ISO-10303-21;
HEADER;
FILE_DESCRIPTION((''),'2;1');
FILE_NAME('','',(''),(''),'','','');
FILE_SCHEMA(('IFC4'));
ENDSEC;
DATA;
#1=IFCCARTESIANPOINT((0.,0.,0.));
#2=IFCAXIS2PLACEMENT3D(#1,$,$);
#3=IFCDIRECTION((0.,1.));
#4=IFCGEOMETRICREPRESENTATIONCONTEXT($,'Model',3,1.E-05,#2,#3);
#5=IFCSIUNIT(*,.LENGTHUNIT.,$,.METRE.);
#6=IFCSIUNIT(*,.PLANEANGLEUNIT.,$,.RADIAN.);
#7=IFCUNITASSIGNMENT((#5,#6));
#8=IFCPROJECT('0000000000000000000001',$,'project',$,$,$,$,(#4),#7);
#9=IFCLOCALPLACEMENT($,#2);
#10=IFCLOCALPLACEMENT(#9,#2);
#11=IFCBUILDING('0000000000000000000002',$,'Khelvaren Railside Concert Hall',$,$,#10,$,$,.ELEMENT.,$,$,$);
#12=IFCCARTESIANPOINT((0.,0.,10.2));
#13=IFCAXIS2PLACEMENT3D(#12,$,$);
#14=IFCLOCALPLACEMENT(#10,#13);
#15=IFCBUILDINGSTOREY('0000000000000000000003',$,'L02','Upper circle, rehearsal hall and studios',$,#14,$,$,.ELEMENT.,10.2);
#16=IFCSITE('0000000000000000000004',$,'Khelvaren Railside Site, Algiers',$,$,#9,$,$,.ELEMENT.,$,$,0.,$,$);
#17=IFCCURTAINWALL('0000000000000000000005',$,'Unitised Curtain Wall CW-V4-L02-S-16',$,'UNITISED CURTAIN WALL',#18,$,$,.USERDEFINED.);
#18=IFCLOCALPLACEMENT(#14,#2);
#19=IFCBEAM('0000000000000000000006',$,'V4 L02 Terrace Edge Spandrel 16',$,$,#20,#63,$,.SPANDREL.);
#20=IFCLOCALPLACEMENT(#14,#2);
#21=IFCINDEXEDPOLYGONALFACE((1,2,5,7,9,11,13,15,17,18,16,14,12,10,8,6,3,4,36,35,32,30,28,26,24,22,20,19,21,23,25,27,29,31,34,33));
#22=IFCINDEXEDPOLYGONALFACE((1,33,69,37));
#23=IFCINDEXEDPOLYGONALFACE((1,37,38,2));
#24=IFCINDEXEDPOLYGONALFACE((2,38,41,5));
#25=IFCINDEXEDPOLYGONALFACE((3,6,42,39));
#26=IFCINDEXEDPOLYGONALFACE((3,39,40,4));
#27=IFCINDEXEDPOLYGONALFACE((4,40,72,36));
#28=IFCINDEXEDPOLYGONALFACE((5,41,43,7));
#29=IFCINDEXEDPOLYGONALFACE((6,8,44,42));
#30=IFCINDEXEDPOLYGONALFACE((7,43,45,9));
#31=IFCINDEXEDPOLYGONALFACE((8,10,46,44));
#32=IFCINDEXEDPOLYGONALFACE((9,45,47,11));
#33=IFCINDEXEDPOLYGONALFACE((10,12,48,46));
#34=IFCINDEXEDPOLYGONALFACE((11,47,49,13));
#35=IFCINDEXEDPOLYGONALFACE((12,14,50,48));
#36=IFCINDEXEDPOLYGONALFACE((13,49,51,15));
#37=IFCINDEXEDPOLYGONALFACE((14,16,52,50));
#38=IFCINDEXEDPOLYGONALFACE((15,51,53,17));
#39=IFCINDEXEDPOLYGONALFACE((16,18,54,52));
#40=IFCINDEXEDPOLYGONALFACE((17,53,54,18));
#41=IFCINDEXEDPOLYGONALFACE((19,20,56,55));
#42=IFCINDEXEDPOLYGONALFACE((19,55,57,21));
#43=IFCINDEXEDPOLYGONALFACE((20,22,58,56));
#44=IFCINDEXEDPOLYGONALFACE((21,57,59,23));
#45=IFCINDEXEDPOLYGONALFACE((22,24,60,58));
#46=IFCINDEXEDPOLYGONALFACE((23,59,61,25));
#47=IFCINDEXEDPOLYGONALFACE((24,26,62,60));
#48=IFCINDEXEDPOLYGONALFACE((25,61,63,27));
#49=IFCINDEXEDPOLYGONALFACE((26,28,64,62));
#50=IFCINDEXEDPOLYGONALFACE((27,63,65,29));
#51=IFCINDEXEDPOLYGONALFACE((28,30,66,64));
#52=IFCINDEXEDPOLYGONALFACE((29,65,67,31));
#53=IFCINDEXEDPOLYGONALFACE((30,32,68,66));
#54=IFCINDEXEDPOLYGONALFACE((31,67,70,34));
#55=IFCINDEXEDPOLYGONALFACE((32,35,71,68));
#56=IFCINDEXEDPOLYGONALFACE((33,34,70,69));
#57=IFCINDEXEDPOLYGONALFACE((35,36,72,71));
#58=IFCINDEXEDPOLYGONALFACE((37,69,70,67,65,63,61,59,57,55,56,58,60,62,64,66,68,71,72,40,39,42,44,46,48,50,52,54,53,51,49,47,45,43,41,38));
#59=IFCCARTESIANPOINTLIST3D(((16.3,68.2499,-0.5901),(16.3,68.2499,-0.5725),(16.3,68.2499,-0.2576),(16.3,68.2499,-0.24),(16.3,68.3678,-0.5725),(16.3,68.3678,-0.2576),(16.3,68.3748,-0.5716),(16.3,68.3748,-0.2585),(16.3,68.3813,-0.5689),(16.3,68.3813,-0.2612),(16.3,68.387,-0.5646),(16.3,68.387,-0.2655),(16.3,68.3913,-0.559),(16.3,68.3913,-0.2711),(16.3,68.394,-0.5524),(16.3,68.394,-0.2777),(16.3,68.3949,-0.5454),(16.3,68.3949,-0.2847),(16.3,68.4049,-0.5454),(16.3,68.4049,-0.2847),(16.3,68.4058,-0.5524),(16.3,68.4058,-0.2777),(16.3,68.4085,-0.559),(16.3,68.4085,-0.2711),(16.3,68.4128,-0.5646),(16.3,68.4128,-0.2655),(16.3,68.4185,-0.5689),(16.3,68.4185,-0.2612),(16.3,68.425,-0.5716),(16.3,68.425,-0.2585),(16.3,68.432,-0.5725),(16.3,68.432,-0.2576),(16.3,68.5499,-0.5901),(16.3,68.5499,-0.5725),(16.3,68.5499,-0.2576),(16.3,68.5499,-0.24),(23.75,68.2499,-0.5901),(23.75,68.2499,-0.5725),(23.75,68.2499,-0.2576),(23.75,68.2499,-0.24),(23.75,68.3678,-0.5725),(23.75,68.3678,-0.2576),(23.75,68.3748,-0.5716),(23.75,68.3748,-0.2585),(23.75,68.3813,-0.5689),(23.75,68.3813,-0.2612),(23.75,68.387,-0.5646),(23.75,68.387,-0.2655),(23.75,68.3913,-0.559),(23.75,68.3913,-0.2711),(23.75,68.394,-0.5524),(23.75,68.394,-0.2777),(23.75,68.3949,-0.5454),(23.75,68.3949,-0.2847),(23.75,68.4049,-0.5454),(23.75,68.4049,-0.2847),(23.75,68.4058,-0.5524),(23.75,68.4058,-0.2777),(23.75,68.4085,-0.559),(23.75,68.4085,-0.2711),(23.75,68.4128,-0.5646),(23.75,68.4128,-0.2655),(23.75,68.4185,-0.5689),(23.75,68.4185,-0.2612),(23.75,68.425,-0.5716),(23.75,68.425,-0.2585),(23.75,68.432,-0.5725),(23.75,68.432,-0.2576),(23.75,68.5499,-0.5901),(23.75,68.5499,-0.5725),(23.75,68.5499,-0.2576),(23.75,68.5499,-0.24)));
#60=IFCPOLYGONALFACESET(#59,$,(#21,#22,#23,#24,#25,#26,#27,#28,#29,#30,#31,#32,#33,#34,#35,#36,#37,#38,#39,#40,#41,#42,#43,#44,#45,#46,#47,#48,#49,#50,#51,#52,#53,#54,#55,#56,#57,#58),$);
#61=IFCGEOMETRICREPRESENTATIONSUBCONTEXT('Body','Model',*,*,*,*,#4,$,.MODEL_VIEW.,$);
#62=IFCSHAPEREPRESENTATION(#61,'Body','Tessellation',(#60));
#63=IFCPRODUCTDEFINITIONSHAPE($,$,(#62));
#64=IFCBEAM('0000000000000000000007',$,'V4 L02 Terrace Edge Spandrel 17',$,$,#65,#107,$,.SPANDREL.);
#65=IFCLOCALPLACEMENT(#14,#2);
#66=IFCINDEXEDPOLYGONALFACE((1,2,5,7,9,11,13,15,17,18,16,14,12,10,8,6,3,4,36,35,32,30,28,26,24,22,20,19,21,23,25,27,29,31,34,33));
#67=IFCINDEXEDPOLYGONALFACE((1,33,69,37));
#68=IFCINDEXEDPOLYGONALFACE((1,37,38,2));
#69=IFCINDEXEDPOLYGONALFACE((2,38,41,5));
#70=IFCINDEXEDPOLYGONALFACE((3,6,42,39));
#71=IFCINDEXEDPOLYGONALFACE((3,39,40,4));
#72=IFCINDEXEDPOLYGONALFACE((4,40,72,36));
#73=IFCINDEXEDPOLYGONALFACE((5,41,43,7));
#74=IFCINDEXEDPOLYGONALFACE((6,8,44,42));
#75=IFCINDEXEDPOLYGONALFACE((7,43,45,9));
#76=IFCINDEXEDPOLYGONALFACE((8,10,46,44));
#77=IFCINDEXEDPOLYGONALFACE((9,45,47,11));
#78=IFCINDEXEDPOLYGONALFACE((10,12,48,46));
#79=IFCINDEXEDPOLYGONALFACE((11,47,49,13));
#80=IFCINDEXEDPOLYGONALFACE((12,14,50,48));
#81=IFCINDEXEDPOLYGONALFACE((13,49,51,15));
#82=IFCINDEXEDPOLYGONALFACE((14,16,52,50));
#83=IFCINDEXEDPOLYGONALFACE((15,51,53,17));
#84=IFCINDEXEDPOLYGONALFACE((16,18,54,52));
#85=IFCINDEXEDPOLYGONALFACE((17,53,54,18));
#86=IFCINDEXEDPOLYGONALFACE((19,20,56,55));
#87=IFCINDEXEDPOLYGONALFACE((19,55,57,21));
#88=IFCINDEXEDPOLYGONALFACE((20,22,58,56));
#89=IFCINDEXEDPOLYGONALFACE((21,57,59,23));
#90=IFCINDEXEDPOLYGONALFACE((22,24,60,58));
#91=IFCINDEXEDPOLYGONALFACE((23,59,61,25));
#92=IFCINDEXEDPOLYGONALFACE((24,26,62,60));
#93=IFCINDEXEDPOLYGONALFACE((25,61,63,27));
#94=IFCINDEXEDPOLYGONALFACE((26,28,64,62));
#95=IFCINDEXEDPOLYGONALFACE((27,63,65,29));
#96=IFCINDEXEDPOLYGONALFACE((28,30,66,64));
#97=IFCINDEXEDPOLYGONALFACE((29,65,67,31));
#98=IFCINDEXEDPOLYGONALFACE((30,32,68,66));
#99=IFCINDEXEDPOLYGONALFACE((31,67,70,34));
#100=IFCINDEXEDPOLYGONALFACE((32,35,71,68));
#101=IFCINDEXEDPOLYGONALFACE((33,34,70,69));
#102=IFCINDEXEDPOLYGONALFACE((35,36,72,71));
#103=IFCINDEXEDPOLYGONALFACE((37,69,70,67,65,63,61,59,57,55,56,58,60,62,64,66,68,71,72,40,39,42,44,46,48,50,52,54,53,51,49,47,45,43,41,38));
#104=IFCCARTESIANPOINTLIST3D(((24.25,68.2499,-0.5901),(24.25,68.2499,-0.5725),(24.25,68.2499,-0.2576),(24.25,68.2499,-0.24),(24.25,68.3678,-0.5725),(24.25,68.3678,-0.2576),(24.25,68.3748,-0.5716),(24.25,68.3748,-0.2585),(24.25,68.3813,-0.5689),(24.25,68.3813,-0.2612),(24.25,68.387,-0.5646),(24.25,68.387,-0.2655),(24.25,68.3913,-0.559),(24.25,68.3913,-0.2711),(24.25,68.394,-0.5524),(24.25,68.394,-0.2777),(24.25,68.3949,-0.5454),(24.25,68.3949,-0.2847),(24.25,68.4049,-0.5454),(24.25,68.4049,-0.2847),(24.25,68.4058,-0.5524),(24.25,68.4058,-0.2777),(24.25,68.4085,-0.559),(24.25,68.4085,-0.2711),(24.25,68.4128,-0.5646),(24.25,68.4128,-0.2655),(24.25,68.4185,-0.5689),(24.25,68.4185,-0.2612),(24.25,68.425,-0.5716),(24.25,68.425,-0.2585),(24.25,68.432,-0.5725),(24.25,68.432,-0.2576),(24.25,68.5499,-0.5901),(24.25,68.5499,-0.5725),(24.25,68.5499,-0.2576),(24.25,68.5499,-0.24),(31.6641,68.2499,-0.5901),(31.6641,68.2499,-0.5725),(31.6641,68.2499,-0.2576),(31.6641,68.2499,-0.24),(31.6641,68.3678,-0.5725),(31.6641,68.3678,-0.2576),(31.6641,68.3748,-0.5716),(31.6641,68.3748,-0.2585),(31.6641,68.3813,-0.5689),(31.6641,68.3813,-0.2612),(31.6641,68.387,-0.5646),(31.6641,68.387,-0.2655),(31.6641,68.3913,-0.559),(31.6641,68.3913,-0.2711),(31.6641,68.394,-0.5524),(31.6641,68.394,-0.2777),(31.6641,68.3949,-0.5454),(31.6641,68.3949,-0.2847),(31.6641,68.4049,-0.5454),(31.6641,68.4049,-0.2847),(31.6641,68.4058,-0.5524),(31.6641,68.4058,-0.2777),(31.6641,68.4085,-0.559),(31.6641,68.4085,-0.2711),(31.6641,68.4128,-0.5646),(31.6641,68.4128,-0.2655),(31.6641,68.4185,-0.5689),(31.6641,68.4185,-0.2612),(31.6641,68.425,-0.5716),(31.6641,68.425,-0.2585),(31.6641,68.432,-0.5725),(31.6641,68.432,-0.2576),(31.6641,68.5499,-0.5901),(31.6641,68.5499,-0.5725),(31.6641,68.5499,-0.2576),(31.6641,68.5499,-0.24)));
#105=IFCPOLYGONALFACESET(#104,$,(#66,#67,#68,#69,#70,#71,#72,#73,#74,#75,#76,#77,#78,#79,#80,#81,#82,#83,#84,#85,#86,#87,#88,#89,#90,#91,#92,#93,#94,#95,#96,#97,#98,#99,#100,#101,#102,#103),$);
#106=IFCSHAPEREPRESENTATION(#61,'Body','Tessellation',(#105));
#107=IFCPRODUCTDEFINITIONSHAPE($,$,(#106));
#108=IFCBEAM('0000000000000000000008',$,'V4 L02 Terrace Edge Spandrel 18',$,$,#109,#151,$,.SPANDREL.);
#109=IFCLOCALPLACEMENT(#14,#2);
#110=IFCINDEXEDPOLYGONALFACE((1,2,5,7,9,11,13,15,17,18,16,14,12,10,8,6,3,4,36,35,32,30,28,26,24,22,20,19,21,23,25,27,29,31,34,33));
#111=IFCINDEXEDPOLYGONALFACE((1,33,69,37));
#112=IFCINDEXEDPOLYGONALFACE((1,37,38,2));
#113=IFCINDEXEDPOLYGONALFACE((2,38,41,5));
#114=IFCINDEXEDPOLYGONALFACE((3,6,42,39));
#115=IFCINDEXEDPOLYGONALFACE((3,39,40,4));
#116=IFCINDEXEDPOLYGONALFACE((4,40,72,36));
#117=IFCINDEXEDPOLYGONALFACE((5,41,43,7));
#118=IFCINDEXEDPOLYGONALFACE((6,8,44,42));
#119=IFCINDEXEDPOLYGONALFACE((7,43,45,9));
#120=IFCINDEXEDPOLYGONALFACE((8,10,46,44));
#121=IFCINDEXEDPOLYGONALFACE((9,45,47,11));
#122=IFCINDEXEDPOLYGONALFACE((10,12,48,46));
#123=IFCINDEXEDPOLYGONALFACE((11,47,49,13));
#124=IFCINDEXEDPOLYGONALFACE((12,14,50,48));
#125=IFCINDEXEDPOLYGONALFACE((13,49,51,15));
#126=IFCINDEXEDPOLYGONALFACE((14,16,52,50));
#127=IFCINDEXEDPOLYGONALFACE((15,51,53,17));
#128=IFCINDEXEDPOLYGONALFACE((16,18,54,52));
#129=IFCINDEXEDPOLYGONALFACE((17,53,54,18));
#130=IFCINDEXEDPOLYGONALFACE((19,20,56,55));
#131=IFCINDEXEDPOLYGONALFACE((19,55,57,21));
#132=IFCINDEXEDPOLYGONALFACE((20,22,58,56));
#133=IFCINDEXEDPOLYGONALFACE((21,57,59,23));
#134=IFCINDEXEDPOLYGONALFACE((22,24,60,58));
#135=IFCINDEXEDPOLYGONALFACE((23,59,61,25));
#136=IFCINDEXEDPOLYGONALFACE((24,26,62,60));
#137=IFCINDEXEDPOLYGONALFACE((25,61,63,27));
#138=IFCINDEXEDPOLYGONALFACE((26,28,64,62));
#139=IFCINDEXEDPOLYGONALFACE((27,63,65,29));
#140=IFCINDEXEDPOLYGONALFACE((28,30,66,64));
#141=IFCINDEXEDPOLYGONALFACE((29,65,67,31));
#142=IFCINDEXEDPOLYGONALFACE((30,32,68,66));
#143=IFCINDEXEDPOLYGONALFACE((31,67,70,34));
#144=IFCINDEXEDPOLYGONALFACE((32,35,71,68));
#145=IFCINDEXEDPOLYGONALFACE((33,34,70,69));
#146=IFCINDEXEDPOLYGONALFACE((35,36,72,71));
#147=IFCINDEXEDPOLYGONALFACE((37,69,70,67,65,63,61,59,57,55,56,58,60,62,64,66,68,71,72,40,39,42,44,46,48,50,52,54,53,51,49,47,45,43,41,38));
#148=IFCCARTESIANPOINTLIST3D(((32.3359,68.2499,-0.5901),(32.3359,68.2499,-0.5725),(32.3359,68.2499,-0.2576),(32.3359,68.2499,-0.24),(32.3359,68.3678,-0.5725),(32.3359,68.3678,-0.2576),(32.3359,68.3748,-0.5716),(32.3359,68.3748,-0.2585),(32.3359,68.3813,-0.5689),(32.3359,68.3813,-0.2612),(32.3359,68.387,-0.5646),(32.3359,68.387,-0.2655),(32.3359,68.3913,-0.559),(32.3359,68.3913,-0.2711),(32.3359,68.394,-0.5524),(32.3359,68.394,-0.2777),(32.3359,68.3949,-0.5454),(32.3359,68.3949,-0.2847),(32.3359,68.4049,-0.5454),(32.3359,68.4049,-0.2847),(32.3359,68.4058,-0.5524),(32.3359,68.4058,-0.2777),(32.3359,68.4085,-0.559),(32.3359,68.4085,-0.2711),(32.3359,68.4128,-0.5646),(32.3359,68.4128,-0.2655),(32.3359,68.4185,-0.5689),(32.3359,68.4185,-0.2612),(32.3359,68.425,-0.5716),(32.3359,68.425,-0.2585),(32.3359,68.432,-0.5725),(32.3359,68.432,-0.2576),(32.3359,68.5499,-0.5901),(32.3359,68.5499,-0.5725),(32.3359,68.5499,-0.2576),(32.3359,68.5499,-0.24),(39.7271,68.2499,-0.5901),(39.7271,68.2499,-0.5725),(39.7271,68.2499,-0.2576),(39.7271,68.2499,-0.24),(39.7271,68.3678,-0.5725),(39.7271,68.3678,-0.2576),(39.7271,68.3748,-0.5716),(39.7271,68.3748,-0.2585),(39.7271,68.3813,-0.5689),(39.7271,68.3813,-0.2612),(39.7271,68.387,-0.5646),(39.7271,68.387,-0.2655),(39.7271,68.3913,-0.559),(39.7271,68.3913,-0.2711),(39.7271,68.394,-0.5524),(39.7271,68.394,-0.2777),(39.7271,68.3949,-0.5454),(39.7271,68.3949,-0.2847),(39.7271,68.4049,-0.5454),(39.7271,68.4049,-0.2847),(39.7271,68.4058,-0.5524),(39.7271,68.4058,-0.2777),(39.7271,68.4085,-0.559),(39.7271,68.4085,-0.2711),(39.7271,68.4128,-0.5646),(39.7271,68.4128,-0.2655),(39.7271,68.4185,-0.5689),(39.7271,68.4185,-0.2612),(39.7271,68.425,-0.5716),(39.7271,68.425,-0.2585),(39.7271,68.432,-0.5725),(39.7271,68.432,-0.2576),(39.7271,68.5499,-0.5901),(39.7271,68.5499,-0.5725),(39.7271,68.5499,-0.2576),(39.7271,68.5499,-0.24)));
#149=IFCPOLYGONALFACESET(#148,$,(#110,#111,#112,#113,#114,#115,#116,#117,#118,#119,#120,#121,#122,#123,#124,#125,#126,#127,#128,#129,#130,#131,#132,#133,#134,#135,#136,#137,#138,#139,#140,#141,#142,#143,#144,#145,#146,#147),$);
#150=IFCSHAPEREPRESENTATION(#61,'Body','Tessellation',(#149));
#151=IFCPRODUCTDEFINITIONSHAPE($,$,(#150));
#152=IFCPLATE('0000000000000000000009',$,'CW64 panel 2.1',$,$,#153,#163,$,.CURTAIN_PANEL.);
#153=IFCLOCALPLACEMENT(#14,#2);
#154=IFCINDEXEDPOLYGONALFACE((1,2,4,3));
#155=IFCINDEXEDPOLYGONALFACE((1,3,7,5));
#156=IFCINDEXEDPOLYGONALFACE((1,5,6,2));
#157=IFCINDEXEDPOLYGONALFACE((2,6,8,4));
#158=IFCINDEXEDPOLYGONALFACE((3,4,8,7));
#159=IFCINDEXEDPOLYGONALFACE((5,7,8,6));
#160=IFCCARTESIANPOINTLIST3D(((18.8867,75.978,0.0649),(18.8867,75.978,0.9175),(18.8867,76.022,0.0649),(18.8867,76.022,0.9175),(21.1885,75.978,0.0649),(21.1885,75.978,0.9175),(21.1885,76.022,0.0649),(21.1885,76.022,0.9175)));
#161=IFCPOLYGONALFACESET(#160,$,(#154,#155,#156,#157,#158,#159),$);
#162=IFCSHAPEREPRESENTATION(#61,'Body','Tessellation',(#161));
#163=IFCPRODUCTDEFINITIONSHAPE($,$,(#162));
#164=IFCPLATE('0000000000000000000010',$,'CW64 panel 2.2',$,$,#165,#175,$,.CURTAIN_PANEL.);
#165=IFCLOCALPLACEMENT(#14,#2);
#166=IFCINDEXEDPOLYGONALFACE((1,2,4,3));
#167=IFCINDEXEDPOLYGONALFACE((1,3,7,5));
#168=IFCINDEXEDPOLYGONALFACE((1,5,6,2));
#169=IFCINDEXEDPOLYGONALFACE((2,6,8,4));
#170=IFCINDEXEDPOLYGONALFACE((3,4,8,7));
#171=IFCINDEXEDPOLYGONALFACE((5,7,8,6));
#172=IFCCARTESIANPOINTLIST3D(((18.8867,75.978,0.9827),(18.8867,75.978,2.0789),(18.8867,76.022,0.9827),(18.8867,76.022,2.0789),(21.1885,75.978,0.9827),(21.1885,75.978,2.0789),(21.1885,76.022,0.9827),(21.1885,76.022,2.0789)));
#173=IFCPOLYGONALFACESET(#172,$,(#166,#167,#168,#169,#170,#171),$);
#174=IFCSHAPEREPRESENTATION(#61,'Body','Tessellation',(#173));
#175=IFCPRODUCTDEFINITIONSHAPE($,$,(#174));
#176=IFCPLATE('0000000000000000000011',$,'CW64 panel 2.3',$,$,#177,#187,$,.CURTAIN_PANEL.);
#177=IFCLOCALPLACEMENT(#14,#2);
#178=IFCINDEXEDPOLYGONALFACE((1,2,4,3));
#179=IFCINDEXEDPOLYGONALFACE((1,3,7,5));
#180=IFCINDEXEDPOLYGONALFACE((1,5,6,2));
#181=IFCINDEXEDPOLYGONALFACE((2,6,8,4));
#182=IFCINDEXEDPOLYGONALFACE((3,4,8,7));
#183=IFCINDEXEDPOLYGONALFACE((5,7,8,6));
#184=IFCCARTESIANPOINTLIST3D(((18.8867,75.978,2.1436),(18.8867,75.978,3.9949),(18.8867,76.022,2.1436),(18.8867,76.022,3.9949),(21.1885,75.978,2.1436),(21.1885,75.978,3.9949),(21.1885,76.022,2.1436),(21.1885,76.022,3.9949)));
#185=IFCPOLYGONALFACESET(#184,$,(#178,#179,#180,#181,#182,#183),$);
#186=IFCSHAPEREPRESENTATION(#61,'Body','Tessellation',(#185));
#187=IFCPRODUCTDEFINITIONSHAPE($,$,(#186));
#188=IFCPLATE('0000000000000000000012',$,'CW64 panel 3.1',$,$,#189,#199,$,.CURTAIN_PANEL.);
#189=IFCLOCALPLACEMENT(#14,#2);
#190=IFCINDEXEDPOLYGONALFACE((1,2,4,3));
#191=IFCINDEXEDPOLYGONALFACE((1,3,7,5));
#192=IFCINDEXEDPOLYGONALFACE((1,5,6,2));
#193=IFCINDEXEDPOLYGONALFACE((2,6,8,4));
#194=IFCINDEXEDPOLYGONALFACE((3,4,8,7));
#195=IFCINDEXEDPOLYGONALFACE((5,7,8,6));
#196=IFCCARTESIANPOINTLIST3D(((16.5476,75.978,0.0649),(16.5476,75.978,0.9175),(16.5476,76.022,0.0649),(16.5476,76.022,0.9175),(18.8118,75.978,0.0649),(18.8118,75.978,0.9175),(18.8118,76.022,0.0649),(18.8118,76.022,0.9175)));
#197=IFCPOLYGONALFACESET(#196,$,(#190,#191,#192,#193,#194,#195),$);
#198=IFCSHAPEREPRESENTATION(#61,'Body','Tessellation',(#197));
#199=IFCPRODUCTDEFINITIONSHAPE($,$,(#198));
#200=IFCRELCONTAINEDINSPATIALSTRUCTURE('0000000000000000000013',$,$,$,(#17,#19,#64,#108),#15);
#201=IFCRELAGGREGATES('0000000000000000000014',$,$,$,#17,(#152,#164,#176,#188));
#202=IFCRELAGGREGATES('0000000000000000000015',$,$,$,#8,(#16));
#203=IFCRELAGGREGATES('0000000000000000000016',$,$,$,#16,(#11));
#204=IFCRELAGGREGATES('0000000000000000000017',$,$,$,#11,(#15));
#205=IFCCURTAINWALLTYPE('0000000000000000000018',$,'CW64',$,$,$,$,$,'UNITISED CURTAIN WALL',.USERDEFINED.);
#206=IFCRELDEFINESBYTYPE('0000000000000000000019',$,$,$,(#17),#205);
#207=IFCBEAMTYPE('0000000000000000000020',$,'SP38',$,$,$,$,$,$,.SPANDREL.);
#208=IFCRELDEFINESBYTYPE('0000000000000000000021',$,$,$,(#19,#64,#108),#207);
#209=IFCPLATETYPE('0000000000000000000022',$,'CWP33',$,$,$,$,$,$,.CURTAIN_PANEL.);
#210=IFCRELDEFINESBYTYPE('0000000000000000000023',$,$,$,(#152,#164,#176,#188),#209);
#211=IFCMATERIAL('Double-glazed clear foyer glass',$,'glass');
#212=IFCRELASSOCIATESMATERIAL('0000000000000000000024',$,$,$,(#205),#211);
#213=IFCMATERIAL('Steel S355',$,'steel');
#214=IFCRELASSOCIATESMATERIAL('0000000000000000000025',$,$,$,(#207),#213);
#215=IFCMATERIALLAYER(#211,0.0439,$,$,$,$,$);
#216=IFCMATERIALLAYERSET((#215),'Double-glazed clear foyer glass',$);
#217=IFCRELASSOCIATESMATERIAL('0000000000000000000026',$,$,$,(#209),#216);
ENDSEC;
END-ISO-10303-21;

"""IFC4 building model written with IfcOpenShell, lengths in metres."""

from ifc_helpers import new_model, si_unit, direction, frame, origin, origin_2d, place, context, subcontext, project, spatial, rectangle, i_section, extrude, material, layer, layer_set, material_profile, profile_set, type_object, element, aggregate, save


model = new_model("IFC4")

# Units and contexts
model_context = context("Model", 3, precision=1e-05, world=origin(), true_north=direction((0.0, 1.0)))
body_context = subcontext(model_context, "Body", "Model", "MODEL_VIEW")
ifc_project = project(units=[si_unit("LENGTHUNIT", "METRE"), si_unit("PLANEANGLEUNIT", "RADIAN")], contexts=[model_context])

# Site, building, storey
site_placement = place(None, origin())
site = spatial("IfcSite", under=ifc_project, at=site_placement, Name="Khelvaren Railside Site, Algiers", CompositionType="ELEMENT", RefElevation=0.0)
building_placement = place(site_placement, origin())
building = spatial("IfcBuilding", under=site, at=building_placement, Name="Khelvaren Railside Concert Hall", CompositionType="ELEMENT")
storey_placement = place(building_placement, frame((0.0, 0.0, 10.2)))
storey = spatial("IfcBuildingStorey", under=building, at=storey_placement, Name="L02", Description="Upper circle, rehearsal hall and studios", CompositionType="ELEMENT", Elevation=10.2)

# Curtain wall
ifc_material_1 = material(Name="Double-glazed clear foyer glass", Category="glass")
curtain_wall_type = type_object("IfcCurtainWallType", Name="CW64", ElementType="UNITISED CURTAIN WALL", PredefinedType="USERDEFINED", material=ifc_material_1)
curtain_wall_placement = place(storey_placement, origin())
curtain_wall = element("IfcCurtainWall", 1, at=curtain_wall_placement, inside=storey, type_object=curtain_wall_type, Name="Unitised Curtain Wall CW-V4-L02-S-16", ObjectType="UNITISED CURTAIN WALL", PredefinedType="USERDEFINED")

# Beams
ifc_material_2 = material(Name="Steel S355", Category="steel")
ifc_material_profile_1 = material_profile(ifc_material_2, i_section(OverallWidth=0.3, OverallDepth=0.3501, WebThickness=0.01, FlangeThickness=0.0176, FilletRadius=0.0271, at=origin_2d()), Name="HEA 360")
ifc_profile_set_1 = profile_set([ifc_material_profile_1], Name="Steel S355")
beam_type_1 = type_object("IfcBeamType", Name="SP38", PredefinedType="SPANDREL", material=ifc_profile_set_1)
beam_1_placement = place(storey_placement, frame((16.3, 68.3999, -0.415), z_axis=(1.0, 0.0, 0.0), x_axis=(0.0, 1.0, 0.0)))
element("IfcBeam", 2, at=beam_1_placement, inside=storey, type_object=beam_type_1, Name="V4 L02 Terrace Edge Spandrel 16", PredefinedType="SPANDREL", context=body_context, shape_type="SweptSolid", body=[
    extrude(i_section(OverallWidth=0.3, OverallDepth=0.3501, WebThickness=0.01, FlangeThickness=0.0176, FilletRadius=0.0271, at=origin_2d()), origin(), (0.0, 0.0, 1.0), 7.45),
])
beam_2_placement = place(storey_placement, frame((24.25, 68.3999, -0.415), z_axis=(1.0, 0.0, 0.0), x_axis=(0.0, 1.0, 0.0)))
element("IfcBeam", 3, at=beam_2_placement, inside=storey, type_object=beam_type_1, Name="V4 L02 Terrace Edge Spandrel 17", PredefinedType="SPANDREL", context=body_context, shape_type="SweptSolid", body=[
    extrude(i_section(OverallWidth=0.3, OverallDepth=0.3501, WebThickness=0.01, FlangeThickness=0.0176, FilletRadius=0.0271, at=origin_2d()), origin(), (0.0, 0.0, 1.0), 7.4141),
])
beam_3_placement = place(storey_placement, frame((32.3359, 68.3999, -0.415), z_axis=(1.0, 0.0, 0.0), x_axis=(0.0, 1.0, 0.0)))
element("IfcBeam", 4, at=beam_3_placement, inside=storey, type_object=beam_type_1, Name="V4 L02 Terrace Edge Spandrel 18", PredefinedType="SPANDREL", context=body_context, shape_type="SweptSolid", body=[
    extrude(i_section(OverallWidth=0.3, OverallDepth=0.3501, WebThickness=0.01, FlangeThickness=0.0176, FilletRadius=0.0271, at=origin_2d()), origin(), (0.0, 0.0, 1.0), 7.3911),
])

# Plates
ifc_layer = layer(ifc_material_1, 0.0439)
ifc_layer_set = layer_set([ifc_layer], Name="Double-glazed clear foyer glass")
plate_type = type_object("IfcPlateType", Name="CWP33", PredefinedType="CURTAIN_PANEL", material=ifc_layer_set)
plate_1_placement = place(storey_placement, frame((20.0376, 76.0, 0.0649), z_axis=(0.0, 0.0, 1.0), x_axis=(-1.0, 0.0, 0.0)))
plate_1 = element("IfcPlate", 5, at=plate_1_placement, type_object=plate_type, Name="CW64 panel 2.1", PredefinedType="CURTAIN_PANEL", context=body_context, shape_type="SweptSolid", body=[
    extrude(rectangle(XDim=2.3018, YDim=0.0439, at=origin_2d()), origin(), (0.0, 0.0, 1.0), 0.8525),
])
plate_2_placement = place(storey_placement, frame((20.0376, 76.0, 0.9827), z_axis=(0.0, 0.0, 1.0), x_axis=(-1.0, 0.0, 0.0)))
plate_2 = element("IfcPlate", 6, at=plate_2_placement, type_object=plate_type, Name="CW64 panel 2.2", PredefinedType="CURTAIN_PANEL", context=body_context, shape_type="SweptSolid", body=[
    extrude(rectangle(XDim=2.3018, YDim=0.0439, at=origin_2d()), origin(), (0.0, 0.0, 1.0), 1.0962),
])
plate_3_placement = place(storey_placement, frame((20.0376, 76.0, 2.1436), z_axis=(0.0, 0.0, 1.0), x_axis=(-1.0, 0.0, 0.0)))
plate_3 = element("IfcPlate", 7, at=plate_3_placement, type_object=plate_type, Name="CW64 panel 2.3", PredefinedType="CURTAIN_PANEL", context=body_context, shape_type="SweptSolid", body=[
    extrude(rectangle(XDim=2.3018, YDim=0.0439, at=origin_2d()), origin(), (0.0, 0.0, 1.0), 1.8513),
])
plate_4_placement = place(storey_placement, frame((17.6797, 76.0, 0.0649), z_axis=(0.0, 0.0, 1.0), x_axis=(-1.0, 0.0, 0.0)))
plate_4 = element("IfcPlate", 8, at=plate_4_placement, type_object=plate_type, Name="CW64 panel 3.1", PredefinedType="CURTAIN_PANEL", context=body_context, shape_type="SweptSolid", body=[
    extrude(rectangle(XDim=2.2642, YDim=0.0439, at=origin_2d()), origin(), (0.0, 0.0, 1.0), 0.8525),
])
aggregate(curtain_wall, [plate_1, plate_2, plate_3, plate_4])

save(model, "model.ifc")
